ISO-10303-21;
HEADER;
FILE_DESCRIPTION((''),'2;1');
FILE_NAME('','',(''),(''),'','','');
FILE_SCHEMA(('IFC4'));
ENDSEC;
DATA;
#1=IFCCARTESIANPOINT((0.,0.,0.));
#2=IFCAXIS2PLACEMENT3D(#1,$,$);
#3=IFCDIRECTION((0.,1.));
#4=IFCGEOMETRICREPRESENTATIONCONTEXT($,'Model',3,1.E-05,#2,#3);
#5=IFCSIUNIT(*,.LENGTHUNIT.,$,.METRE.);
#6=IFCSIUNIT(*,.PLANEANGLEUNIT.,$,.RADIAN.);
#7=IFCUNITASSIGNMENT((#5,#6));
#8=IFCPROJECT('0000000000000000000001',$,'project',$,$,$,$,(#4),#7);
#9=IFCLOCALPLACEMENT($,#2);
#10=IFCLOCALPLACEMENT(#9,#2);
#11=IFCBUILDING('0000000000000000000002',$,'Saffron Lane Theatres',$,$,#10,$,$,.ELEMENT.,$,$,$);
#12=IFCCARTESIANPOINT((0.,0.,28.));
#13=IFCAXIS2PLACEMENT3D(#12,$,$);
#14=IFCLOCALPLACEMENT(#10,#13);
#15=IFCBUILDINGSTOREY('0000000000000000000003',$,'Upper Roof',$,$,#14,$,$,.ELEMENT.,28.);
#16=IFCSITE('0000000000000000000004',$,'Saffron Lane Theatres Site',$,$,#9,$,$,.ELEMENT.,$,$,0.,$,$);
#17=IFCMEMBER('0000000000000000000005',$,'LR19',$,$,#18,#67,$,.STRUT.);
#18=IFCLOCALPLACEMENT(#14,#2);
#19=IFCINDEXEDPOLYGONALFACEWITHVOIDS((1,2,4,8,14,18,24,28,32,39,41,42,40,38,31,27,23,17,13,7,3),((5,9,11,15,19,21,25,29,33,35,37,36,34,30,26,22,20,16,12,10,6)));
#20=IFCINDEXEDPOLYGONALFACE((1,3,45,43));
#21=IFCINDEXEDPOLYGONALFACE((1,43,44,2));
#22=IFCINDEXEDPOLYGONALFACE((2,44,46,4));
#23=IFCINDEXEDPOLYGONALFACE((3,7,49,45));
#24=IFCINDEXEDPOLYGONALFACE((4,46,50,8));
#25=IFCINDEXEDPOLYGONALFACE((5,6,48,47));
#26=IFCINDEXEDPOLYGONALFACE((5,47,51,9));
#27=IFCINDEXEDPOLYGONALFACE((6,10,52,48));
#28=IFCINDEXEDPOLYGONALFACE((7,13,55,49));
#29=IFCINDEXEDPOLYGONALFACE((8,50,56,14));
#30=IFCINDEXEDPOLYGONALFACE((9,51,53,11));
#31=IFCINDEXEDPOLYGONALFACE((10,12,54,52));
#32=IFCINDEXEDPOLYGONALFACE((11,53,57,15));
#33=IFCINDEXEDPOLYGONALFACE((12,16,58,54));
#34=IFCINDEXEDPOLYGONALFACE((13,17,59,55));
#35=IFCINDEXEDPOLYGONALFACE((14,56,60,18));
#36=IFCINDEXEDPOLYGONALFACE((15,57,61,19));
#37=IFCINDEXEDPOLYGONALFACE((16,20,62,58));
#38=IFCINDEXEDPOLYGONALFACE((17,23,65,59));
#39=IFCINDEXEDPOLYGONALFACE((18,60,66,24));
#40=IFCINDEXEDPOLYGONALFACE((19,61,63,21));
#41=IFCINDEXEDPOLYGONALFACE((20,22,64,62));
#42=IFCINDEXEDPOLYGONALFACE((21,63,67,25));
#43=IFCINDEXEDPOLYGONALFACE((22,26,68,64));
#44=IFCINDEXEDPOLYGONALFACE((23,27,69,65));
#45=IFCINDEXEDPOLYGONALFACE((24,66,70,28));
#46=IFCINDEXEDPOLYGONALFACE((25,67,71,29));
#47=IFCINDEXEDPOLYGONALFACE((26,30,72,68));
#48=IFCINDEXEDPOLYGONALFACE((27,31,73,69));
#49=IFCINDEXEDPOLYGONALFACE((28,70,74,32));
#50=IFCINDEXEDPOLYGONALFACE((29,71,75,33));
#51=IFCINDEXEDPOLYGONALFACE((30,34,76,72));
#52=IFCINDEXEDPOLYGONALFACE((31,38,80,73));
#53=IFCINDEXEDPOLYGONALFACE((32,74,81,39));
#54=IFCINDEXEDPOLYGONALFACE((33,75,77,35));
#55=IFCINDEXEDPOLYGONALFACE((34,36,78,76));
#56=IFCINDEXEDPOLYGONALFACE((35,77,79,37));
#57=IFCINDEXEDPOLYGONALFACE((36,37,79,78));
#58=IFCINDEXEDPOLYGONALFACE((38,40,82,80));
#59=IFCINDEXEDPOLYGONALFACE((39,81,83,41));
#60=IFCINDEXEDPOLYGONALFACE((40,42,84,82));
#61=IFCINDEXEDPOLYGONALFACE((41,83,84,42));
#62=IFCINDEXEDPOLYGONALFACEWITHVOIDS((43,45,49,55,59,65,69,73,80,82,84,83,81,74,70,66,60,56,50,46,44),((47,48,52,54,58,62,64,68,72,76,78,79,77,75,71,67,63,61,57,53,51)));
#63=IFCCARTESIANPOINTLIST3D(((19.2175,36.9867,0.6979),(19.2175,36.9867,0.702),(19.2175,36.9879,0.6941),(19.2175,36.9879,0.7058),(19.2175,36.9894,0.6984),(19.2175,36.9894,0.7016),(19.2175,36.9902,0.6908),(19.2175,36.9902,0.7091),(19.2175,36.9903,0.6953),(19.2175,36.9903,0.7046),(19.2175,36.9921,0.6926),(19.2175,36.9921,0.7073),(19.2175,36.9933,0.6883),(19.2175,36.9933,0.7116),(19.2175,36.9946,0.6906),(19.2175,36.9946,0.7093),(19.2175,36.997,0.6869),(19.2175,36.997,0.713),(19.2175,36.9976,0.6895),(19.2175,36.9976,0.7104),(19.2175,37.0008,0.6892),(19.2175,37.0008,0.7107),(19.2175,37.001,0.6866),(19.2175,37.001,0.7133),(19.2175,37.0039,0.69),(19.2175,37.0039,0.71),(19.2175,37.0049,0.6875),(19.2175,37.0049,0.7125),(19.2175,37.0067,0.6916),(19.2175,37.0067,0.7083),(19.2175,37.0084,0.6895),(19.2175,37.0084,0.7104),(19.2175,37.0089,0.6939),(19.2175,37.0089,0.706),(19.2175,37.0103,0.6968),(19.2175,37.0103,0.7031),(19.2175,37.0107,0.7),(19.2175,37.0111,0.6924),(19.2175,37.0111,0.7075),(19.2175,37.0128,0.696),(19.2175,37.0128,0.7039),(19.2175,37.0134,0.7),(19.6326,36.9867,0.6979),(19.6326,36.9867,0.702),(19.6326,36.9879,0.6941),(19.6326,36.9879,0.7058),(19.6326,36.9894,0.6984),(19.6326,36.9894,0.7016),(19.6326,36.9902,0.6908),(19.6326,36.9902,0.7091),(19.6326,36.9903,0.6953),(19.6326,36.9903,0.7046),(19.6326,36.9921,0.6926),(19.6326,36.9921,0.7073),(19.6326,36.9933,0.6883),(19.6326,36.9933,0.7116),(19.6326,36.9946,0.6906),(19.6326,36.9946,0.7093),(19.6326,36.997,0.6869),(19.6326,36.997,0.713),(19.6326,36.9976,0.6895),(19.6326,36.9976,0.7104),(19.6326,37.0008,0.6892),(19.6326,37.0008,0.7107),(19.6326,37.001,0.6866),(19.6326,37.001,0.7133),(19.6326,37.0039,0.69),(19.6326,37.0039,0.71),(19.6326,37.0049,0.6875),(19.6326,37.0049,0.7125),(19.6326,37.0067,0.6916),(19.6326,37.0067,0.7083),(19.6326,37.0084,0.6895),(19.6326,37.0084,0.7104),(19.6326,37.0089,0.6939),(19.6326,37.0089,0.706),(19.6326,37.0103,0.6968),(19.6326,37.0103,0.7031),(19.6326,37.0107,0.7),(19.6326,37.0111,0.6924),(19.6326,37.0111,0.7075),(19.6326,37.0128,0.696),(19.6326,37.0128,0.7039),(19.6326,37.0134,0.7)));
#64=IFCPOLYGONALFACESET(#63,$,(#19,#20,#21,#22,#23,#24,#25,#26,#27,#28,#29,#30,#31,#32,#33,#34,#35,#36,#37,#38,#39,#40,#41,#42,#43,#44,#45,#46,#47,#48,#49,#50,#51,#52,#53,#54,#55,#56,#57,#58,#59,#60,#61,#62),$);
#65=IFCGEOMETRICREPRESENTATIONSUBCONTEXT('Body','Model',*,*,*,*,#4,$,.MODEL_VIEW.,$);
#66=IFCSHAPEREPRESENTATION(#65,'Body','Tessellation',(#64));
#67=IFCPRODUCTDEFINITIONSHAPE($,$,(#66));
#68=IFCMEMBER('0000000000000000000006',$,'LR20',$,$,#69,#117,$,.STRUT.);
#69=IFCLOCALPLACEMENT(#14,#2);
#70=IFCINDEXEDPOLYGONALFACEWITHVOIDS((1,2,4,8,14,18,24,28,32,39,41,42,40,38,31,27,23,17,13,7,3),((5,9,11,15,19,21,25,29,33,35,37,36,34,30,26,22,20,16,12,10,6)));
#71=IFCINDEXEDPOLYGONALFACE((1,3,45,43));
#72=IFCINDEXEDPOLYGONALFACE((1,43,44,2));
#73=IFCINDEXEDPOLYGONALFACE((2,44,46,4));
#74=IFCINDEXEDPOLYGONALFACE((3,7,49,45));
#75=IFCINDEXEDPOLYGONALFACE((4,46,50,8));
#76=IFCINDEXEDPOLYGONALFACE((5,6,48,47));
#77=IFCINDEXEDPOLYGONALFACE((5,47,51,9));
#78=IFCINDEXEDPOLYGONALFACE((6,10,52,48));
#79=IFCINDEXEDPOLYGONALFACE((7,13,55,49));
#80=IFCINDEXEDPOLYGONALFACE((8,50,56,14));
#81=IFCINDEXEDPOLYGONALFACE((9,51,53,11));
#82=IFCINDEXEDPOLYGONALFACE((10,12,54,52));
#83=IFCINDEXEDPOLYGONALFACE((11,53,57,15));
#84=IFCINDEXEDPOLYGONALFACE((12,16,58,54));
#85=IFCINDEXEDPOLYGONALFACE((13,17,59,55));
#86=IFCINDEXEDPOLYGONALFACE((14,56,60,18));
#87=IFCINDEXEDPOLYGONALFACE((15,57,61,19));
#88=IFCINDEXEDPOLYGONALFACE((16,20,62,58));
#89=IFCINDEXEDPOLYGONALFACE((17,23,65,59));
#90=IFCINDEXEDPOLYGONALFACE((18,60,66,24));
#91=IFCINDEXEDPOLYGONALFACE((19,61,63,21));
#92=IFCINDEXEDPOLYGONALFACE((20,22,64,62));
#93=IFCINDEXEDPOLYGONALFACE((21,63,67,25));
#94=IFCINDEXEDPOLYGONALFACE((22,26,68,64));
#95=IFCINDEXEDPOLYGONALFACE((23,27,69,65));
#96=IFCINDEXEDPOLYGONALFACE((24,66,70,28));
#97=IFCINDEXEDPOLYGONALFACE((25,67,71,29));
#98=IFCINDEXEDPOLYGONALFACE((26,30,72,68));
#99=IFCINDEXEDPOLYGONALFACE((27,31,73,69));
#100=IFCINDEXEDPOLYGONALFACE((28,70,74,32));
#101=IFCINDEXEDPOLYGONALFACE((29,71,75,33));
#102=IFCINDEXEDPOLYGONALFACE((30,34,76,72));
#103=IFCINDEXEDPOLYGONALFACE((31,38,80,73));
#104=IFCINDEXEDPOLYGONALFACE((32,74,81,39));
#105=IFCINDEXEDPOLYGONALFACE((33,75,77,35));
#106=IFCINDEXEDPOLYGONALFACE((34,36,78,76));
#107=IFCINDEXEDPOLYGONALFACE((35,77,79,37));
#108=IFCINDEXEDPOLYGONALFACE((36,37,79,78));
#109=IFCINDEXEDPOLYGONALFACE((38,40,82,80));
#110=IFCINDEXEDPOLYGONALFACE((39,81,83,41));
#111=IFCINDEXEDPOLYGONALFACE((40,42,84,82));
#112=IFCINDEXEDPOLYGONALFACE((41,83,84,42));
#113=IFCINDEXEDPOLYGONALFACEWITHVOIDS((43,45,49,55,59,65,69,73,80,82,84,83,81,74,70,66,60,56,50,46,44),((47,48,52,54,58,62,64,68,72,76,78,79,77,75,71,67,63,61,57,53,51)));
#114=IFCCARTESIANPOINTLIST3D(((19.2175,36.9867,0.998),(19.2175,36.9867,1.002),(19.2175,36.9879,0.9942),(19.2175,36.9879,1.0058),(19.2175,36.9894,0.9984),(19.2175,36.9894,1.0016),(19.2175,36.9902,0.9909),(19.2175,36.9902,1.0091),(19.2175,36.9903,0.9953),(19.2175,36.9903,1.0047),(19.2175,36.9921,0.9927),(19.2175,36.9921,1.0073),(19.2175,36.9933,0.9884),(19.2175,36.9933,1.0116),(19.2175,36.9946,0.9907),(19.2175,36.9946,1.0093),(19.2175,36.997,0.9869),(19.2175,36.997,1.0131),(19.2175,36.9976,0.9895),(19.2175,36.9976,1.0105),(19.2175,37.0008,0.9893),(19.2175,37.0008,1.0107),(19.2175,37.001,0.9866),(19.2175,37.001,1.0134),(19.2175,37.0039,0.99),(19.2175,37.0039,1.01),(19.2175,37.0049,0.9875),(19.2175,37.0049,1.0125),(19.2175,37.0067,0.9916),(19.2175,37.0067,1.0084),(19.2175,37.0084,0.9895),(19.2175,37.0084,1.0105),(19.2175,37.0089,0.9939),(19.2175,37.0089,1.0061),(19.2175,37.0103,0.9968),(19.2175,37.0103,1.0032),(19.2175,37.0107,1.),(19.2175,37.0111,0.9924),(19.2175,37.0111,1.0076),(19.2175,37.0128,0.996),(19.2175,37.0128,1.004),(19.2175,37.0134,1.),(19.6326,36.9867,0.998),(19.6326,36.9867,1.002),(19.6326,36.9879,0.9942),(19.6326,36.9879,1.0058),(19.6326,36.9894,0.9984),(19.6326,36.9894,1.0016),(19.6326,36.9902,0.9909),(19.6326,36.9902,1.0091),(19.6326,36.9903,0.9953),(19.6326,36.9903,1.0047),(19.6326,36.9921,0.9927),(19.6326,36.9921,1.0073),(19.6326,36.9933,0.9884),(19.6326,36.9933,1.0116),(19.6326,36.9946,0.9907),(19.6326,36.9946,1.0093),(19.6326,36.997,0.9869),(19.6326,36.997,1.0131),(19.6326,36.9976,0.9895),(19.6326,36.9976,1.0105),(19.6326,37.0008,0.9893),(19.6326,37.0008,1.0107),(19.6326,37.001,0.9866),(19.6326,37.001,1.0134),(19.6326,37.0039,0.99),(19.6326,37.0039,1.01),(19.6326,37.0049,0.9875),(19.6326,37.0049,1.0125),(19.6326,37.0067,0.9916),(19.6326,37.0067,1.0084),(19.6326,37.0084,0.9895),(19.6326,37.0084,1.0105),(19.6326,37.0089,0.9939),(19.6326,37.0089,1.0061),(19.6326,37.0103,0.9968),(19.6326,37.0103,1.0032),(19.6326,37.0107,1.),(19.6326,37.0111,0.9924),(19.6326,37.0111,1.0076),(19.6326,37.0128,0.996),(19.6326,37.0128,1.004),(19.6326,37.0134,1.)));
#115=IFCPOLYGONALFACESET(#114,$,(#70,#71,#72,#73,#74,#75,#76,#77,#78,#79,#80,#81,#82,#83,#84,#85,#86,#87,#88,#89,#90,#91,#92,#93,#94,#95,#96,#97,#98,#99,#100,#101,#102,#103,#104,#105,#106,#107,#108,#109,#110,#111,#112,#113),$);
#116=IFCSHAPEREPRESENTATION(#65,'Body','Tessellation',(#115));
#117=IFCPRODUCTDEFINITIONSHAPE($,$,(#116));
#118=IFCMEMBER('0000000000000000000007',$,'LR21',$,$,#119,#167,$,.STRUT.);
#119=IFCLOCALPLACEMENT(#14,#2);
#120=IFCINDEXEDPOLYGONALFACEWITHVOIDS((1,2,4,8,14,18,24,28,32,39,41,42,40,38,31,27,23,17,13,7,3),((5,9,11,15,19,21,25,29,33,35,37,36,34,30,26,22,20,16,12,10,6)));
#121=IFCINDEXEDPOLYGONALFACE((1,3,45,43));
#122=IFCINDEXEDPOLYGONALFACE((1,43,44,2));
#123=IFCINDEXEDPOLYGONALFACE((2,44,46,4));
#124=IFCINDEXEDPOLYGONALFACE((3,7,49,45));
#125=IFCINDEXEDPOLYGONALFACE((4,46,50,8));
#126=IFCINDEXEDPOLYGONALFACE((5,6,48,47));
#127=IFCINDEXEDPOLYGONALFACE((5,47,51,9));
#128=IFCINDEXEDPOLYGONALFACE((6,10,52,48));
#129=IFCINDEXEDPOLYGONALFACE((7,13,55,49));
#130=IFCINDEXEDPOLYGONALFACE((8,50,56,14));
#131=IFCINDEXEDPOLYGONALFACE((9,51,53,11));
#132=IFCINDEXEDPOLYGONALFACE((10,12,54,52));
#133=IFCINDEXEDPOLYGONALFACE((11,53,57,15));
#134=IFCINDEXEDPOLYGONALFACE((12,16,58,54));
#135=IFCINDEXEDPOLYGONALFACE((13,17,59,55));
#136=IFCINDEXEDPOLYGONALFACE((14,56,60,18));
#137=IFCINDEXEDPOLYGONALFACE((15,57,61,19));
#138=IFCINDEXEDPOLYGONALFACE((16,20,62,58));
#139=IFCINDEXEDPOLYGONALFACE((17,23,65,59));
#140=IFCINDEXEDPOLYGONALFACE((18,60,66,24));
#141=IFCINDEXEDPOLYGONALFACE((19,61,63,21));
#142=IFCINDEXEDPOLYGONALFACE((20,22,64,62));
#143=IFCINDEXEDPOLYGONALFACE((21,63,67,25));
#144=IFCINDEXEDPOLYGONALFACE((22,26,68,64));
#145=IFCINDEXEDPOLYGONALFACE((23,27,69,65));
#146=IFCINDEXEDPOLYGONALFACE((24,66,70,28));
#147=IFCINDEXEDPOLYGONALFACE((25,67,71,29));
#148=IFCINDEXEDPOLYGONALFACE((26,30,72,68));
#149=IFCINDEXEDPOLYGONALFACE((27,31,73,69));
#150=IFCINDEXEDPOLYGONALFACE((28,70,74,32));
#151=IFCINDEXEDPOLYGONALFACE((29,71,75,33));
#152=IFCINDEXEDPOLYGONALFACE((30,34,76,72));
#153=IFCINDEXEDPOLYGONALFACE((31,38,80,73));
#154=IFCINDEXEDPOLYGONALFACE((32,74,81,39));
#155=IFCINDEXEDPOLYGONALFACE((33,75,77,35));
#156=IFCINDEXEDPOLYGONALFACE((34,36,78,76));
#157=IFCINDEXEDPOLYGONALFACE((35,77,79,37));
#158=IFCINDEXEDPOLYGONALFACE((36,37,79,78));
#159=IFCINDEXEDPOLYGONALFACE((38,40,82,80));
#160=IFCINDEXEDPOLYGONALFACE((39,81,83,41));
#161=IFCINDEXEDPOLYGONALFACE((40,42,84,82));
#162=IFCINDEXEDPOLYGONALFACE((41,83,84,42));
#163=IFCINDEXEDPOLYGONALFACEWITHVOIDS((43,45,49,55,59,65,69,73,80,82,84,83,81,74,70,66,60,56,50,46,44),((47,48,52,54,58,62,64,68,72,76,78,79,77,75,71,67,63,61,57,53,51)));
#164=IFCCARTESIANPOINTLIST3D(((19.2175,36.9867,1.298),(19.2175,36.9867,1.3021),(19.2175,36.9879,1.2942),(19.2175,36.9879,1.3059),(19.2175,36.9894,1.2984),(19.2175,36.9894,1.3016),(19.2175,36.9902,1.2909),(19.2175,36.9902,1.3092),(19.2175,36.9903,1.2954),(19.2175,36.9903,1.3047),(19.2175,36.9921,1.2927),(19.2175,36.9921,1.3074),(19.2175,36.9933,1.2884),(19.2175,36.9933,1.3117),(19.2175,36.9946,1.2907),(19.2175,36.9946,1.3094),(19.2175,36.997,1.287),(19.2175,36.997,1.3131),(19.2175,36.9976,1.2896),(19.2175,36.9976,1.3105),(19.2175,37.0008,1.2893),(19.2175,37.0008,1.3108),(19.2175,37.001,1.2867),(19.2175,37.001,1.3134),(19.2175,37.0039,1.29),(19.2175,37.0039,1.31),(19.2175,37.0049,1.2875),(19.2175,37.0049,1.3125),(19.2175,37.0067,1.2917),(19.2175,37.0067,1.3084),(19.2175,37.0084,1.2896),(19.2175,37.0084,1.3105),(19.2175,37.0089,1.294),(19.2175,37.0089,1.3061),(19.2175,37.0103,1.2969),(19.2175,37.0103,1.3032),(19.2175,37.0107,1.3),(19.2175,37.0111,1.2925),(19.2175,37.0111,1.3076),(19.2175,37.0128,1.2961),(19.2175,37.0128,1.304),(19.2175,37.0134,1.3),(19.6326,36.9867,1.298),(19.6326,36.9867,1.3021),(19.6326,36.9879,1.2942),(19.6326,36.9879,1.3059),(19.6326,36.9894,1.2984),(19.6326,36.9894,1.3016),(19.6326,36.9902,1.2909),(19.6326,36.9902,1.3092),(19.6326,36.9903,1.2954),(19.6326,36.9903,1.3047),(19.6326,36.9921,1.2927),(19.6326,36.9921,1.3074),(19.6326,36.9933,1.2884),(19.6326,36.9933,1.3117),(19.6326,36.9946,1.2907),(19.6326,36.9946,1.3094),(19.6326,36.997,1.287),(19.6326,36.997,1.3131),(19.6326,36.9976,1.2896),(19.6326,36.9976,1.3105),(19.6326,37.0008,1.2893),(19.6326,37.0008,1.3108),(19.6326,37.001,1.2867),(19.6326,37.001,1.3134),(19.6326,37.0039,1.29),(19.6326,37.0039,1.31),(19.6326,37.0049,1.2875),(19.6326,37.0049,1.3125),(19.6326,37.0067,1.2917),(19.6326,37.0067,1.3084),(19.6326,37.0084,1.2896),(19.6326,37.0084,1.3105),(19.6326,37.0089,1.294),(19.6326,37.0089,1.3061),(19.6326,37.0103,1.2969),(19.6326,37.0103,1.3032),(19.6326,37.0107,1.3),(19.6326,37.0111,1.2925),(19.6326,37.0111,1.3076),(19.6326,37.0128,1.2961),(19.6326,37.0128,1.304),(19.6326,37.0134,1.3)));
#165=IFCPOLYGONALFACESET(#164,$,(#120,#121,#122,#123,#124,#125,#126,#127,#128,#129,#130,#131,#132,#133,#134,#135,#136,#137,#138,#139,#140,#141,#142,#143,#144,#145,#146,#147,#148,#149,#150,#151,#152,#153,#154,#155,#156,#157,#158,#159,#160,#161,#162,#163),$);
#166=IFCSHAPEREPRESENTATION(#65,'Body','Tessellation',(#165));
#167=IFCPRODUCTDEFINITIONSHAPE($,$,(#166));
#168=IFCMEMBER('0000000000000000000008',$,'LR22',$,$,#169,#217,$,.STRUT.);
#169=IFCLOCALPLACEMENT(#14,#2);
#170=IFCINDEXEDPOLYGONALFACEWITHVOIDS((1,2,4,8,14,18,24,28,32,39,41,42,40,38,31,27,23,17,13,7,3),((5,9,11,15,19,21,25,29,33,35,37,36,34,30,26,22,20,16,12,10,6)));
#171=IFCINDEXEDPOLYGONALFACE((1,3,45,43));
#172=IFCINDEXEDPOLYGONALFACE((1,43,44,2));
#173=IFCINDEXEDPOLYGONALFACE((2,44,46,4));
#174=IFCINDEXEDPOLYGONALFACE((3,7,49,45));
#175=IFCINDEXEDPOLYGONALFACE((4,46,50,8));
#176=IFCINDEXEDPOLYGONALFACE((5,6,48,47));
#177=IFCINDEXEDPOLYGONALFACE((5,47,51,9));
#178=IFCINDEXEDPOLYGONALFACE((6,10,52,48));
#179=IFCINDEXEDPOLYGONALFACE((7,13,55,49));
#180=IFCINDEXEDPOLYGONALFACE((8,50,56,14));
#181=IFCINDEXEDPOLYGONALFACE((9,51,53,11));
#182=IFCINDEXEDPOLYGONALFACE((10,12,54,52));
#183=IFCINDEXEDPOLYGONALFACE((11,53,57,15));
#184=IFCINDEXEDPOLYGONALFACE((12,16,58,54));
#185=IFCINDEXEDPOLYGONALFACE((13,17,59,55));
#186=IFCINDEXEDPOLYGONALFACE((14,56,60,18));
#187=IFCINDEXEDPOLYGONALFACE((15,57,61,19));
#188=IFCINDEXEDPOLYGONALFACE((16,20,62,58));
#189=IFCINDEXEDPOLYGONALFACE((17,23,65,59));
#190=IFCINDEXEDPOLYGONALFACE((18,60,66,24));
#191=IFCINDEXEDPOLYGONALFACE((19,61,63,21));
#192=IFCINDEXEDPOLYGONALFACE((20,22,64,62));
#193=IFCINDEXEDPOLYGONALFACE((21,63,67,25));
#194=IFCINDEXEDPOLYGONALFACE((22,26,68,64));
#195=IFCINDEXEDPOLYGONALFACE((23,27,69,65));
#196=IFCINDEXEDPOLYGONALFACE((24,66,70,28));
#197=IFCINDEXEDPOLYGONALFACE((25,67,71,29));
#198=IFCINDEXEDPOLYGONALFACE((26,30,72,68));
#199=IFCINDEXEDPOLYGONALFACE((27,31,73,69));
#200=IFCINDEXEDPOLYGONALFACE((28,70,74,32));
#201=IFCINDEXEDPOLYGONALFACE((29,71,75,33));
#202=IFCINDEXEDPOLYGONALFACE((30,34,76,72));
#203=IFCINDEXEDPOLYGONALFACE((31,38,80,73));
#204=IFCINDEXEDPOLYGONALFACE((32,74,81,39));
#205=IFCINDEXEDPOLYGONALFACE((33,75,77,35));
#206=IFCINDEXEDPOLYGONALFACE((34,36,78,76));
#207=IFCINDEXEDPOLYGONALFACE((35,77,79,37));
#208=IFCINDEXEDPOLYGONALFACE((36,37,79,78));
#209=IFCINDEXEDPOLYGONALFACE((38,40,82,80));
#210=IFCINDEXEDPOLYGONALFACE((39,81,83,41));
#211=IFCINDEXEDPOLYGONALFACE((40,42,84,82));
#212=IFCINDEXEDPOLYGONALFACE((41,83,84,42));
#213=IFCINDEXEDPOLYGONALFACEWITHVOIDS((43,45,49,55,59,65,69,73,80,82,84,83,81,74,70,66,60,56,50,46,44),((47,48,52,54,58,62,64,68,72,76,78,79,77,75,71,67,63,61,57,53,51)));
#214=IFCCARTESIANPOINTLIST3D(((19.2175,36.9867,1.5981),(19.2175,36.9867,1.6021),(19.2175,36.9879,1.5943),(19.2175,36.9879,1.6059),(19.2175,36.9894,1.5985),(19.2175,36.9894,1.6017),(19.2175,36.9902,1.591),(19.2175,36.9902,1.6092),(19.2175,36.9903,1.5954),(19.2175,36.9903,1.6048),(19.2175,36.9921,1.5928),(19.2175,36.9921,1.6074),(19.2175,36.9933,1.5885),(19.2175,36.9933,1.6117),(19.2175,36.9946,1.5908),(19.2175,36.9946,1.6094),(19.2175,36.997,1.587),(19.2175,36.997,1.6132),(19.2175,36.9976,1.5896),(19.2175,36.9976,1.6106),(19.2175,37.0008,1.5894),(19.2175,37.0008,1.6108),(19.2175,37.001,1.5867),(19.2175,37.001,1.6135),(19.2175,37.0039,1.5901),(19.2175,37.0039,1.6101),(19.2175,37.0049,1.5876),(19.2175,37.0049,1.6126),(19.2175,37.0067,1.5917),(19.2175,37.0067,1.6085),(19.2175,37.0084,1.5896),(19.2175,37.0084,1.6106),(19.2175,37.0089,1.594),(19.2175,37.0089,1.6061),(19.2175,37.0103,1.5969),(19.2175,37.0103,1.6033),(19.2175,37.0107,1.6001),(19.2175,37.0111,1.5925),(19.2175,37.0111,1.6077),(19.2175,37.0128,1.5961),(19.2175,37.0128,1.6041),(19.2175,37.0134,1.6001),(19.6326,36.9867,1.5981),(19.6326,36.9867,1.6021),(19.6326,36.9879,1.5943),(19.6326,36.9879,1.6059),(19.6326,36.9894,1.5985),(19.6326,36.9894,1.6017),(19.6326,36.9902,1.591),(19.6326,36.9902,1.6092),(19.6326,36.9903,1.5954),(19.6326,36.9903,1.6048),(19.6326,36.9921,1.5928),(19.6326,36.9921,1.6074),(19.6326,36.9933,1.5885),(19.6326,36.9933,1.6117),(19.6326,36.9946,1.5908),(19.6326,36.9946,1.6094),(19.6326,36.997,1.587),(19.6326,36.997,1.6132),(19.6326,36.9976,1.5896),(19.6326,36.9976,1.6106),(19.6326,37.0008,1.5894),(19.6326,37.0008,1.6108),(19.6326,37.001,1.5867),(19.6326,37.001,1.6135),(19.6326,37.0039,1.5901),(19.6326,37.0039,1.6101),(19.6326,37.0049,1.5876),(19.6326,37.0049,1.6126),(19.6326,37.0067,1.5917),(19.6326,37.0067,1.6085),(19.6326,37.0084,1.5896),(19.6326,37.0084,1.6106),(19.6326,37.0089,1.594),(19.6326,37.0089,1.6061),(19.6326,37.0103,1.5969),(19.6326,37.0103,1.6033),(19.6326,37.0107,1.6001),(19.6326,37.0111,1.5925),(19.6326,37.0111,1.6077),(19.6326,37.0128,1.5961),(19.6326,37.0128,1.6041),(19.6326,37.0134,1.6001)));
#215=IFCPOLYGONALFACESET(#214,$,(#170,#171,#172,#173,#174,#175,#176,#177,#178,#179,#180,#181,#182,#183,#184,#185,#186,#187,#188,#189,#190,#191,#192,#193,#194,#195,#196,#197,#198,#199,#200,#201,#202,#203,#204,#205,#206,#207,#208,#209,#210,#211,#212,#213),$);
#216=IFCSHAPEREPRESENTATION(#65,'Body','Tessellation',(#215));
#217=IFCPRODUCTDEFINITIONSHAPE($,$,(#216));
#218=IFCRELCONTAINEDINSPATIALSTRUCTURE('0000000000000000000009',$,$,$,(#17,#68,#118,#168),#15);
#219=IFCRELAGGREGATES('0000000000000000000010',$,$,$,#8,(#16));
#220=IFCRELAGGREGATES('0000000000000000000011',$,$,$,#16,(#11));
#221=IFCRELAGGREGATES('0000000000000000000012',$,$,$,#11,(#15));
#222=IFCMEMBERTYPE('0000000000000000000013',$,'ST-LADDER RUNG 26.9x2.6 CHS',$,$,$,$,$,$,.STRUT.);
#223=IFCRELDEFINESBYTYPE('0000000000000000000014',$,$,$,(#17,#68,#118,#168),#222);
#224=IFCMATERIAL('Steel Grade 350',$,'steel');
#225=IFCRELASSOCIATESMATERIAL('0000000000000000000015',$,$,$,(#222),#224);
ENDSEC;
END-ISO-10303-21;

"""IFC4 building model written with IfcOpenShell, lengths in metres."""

from ifc_helpers import new_model, si_unit, direction, frame, origin, origin_2d, place, context, subcontext, project, spatial, hollow_circle, extrude, material, material_profile, profile_set, type_object, element, save


model = new_model("IFC4")

# Units and contexts
model_context = context("Model", 3, precision=1e-05, world=origin(), true_north=direction((0.0, 1.0)))
body_context = subcontext(model_context, "Body", "Model", "MODEL_VIEW")
ifc_project = project(units=[si_unit("LENGTHUNIT", "METRE"), si_unit("PLANEANGLEUNIT", "RADIAN")], contexts=[model_context])

# Site, building, storey
site_placement = place(None, origin())
site = spatial("IfcSite", under=ifc_project, at=site_placement, Name="Saffron Lane Theatres Site", CompositionType="ELEMENT", RefElevation=0.0)
building_placement = place(site_placement, origin())
building = spatial("IfcBuilding", under=site, at=building_placement, Name="Saffron Lane Theatres", CompositionType="ELEMENT")
storey_placement = place(building_placement, frame((0.0, 0.0, 28.0)))
storey = spatial("IfcBuildingStorey", under=building, at=storey_placement, Name="Upper Roof", CompositionType="ELEMENT", Elevation=28.0)

# Members
ifc_material_1 = material(Name="Steel Grade 350", Category="steel")
ifc_material_profile_1 = material_profile(ifc_material_1, hollow_circle(Radius=0.0134, WallThickness=0.0027, at=origin_2d()))
ifc_profile_set_1 = profile_set([ifc_material_profile_1], Name="Steel Grade 350")
member_type_1 = type_object("IfcMemberType", Name="ST-LADDER RUNG 26.9x2.6 CHS", PredefinedType="STRUT", material=ifc_profile_set_1)
for number, where, z_axis, x_axis, name in (
    (1, (19.2175, 37.0, 0.7), (1.0, 0.0, 0.0), (0.0, 1.0, 0.0), "LR19"),
    (2, (19.2175, 37.0, 1.0), (1.0, 0.0, 0.0), (0.0, 1.0, 0.0), "LR20"),
    (3, (19.2175, 37.0, 1.3), (1.0, 0.0, 0.0), (0.0, 1.0, 0.0), "LR21"),
    (4, (19.2175, 37.0, 1.6001), (1.0, 0.0, 0.0), (0.0, 1.0, 0.0), "LR22"),
):
    element("IfcMember", number, at=place(storey_placement, frame(where, z_axis=z_axis, x_axis=x_axis)), inside=storey, type_object=member_type_1, Name=name, PredefinedType="STRUT", context=body_context, shape_type="SweptSolid", body=[
        extrude(hollow_circle(Radius=0.0134, WallThickness=0.0027, at=origin_2d()), origin(), (0.0, 0.0, 1.0), 0.415),
    ])

save(model, "model.ifc")
